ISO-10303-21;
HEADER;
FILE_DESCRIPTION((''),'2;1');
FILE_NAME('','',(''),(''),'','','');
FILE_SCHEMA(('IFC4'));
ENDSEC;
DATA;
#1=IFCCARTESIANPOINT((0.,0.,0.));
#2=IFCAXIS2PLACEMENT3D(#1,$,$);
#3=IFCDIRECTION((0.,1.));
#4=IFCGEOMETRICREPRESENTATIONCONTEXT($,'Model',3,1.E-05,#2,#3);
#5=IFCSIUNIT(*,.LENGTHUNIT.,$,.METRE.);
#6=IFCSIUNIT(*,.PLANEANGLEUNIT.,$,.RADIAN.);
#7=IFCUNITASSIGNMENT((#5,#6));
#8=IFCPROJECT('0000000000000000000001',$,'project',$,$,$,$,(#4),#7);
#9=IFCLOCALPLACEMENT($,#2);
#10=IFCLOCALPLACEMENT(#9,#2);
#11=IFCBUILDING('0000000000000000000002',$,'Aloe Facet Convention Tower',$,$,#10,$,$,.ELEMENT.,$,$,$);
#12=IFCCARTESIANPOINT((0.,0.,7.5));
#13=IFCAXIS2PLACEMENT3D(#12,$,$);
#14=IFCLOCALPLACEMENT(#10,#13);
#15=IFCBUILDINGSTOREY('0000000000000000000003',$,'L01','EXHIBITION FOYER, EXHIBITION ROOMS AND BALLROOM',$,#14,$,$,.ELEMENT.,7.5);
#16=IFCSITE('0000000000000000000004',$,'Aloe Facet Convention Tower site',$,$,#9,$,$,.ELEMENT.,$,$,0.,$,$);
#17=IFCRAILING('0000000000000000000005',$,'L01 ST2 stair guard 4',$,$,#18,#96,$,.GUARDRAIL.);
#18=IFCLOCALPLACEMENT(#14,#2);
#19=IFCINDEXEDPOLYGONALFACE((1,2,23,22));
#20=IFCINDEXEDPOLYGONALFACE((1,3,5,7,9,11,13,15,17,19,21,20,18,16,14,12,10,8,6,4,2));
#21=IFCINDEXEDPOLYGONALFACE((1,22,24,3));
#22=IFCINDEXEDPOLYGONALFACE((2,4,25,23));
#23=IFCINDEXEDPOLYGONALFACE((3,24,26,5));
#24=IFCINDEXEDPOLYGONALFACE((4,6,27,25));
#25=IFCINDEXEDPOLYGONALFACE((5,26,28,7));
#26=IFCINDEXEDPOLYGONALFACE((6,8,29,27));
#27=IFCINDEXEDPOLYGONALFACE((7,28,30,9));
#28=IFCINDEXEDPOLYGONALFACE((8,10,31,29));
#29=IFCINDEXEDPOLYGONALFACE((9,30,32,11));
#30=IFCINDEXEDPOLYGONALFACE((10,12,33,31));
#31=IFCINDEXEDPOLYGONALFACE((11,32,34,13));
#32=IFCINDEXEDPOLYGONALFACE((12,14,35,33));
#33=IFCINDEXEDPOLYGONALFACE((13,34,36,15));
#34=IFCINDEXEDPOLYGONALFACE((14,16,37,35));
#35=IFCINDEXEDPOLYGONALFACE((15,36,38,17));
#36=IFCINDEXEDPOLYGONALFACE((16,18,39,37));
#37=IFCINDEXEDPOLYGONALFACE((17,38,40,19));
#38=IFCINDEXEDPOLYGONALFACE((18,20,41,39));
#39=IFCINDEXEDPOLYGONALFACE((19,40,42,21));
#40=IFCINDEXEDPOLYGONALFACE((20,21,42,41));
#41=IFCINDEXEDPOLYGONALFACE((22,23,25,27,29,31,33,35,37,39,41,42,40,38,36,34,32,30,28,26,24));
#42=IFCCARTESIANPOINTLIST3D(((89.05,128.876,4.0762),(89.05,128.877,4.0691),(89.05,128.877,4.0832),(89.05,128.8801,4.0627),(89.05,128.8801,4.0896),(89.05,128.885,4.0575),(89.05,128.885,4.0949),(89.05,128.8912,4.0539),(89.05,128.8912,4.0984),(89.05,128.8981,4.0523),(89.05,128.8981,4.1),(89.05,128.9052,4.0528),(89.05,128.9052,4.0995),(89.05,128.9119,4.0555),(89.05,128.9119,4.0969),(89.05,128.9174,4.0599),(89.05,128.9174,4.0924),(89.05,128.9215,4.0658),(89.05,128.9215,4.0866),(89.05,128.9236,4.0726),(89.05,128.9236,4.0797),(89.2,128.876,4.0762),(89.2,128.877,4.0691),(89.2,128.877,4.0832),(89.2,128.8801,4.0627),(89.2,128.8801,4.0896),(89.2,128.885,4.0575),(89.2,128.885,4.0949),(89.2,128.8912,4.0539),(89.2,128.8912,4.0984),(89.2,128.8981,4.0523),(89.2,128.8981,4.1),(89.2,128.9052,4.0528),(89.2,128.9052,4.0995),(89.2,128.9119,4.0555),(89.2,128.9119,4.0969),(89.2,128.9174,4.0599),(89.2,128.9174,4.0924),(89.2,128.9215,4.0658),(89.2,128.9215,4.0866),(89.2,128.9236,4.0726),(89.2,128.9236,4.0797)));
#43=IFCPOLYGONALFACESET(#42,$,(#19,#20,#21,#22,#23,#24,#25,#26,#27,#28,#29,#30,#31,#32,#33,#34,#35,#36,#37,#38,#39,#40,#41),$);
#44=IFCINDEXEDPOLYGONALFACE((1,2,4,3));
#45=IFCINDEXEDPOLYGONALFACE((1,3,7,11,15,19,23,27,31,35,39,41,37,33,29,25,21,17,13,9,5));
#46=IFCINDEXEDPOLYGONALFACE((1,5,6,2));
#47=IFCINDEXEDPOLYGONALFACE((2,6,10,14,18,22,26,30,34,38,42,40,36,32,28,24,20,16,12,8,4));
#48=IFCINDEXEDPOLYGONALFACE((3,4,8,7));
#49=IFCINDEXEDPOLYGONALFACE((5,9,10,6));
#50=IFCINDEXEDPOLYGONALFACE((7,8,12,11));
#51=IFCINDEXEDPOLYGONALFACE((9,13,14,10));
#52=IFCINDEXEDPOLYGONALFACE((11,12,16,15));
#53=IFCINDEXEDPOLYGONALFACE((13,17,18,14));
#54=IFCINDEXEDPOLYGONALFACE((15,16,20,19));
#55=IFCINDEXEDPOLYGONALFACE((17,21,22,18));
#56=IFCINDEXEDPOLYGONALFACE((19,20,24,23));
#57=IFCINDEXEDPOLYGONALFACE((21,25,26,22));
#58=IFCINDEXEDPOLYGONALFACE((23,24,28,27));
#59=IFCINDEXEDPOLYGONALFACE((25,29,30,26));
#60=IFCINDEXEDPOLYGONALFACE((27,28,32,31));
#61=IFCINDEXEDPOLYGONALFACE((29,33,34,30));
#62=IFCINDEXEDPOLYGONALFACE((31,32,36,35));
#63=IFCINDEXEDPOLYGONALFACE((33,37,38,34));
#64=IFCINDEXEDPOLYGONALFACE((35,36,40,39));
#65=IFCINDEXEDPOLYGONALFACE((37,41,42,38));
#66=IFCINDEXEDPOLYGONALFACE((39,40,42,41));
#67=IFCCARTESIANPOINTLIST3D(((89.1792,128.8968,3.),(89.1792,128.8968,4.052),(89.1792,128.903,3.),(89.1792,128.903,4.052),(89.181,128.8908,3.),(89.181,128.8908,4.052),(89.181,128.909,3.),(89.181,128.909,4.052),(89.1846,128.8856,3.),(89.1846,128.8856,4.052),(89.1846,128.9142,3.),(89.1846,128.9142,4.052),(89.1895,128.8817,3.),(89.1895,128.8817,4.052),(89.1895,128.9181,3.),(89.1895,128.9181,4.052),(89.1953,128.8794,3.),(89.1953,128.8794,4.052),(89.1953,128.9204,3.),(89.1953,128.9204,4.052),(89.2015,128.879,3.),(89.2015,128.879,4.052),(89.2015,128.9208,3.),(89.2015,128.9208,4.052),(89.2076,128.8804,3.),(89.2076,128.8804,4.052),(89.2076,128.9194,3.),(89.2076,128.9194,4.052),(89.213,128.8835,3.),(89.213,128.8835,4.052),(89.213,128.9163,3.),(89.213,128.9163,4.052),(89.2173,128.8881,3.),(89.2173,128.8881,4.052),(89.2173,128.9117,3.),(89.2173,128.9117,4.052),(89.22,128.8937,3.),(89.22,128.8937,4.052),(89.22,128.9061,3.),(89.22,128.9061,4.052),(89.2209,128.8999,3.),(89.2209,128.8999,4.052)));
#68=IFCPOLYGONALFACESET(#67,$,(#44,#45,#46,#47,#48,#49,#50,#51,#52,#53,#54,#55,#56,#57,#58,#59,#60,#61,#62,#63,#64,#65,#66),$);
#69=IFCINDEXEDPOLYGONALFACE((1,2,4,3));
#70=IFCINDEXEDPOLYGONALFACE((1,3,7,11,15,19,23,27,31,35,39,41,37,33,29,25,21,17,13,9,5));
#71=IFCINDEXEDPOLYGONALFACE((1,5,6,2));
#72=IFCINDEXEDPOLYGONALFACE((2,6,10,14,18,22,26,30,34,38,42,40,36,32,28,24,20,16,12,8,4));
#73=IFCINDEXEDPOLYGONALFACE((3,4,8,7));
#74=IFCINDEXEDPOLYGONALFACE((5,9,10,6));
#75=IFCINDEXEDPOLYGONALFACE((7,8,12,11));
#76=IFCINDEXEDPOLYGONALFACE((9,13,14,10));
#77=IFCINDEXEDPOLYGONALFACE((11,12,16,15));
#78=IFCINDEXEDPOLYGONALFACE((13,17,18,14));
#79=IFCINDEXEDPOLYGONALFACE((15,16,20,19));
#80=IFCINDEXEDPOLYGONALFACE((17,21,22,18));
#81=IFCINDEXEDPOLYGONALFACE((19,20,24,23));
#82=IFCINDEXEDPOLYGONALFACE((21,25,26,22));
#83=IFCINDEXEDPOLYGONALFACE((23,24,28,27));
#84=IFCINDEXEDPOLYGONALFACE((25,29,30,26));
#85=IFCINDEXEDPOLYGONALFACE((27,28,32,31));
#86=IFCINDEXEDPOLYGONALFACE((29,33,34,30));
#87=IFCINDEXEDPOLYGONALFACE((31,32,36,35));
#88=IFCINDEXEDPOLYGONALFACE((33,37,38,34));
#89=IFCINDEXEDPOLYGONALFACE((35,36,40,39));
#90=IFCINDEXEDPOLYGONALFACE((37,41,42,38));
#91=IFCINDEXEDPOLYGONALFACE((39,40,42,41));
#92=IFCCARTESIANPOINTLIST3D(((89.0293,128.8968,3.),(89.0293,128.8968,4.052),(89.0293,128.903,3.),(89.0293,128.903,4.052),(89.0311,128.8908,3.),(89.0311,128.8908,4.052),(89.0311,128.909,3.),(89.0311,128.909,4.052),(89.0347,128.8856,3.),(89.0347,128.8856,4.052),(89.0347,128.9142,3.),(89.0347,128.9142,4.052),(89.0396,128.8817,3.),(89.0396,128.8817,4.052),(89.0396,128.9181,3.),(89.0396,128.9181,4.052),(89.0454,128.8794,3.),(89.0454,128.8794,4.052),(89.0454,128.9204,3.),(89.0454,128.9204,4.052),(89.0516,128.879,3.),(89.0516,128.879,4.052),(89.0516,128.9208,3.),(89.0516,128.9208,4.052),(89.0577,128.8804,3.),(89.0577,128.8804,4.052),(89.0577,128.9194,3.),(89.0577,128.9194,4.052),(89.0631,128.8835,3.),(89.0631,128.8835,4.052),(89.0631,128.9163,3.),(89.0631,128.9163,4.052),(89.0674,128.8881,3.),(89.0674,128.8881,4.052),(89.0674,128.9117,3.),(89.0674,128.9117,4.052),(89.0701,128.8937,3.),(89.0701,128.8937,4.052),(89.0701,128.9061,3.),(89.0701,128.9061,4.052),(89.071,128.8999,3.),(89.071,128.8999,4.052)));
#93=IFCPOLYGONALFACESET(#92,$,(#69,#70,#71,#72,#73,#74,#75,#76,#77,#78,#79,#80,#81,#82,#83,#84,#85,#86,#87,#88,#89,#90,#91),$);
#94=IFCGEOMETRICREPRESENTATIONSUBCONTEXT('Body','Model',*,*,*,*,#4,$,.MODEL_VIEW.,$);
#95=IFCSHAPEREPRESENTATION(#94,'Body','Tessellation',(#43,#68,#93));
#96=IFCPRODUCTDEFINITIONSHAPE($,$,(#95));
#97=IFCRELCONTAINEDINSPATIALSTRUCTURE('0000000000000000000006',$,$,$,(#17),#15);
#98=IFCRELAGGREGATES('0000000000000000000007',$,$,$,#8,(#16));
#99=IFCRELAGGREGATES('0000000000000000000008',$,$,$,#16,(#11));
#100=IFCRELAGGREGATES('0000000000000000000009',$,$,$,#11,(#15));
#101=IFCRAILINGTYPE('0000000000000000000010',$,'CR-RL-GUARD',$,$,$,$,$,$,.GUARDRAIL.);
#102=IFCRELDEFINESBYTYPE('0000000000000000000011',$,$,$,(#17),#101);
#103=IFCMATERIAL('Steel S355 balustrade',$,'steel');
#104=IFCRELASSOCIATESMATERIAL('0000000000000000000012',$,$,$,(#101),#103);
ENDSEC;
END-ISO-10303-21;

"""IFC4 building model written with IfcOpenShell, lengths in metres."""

from ifc_helpers import new_model, si_unit, direction, frame, origin, origin_2d, place, context, subcontext, project, spatial, circle, extrude, material, type_object, element, save


model = new_model("IFC4")

# Units and contexts
model_context = context("Model", 3, precision=1e-05, world=origin(), true_north=direction((0.0, 1.0)))
body_context = subcontext(model_context, "Body", "Model", "MODEL_VIEW")
ifc_project = project(units=[si_unit("LENGTHUNIT", "METRE"), si_unit("PLANEANGLEUNIT", "RADIAN")], contexts=[model_context])

# Site, building, storey
site_placement = place(None, origin())
site = spatial("IfcSite", under=ifc_project, at=site_placement, Name="Aloe Facet Convention Tower site", CompositionType="ELEMENT", RefElevation=0.0)
building_placement = place(site_placement, origin())
building = spatial("IfcBuilding", under=site, at=building_placement, Name="Aloe Facet Convention Tower", CompositionType="ELEMENT")
storey_placement = place(building_placement, frame((0.0, 0.0, 7.5)))
storey = spatial("IfcBuildingStorey", under=building, at=storey_placement, Name="L01", Description="EXHIBITION FOYER, EXHIBITION ROOMS AND BALLROOM", CompositionType="ELEMENT", Elevation=7.5)

# Railing
ifc_material_1 = material(Name="Steel S355 balustrade", Category="steel")
railing_type_1 = type_object("IfcRailingType", Name="CR-RL-GUARD", PredefinedType="GUARDRAIL", material=ifc_material_1)
railing_1_placement = place(storey_placement, frame((89.2, 128.8999, 3.0)))
element("IfcRailing", 1, at=railing_1_placement, inside=storey, type_object=railing_type_1, Name="L01 ST2 stair guard 4", PredefinedType="GUARDRAIL", context=body_context, shape_type="SweptSolid", body=[
    extrude(circle(Radius=0.0239, at=origin_2d()), frame((0.0, 0.0, 1.0762), z_axis=(-1.0, 0.0, 0.0), x_axis=(0.0, -1.0, 0.0)), (0.0, 0.0, 1.0), 0.1499),
    extrude(circle(Radius=0.021, at=origin_2d()), origin(), (0.0, 0.0, 1.0), 1.052),
    extrude(circle(Radius=0.021, at=origin_2d()), frame((-0.1499, 0.0, 0.0)), (0.0, 0.0, 1.0), 1.052),
])

save(model, "model.ifc")
